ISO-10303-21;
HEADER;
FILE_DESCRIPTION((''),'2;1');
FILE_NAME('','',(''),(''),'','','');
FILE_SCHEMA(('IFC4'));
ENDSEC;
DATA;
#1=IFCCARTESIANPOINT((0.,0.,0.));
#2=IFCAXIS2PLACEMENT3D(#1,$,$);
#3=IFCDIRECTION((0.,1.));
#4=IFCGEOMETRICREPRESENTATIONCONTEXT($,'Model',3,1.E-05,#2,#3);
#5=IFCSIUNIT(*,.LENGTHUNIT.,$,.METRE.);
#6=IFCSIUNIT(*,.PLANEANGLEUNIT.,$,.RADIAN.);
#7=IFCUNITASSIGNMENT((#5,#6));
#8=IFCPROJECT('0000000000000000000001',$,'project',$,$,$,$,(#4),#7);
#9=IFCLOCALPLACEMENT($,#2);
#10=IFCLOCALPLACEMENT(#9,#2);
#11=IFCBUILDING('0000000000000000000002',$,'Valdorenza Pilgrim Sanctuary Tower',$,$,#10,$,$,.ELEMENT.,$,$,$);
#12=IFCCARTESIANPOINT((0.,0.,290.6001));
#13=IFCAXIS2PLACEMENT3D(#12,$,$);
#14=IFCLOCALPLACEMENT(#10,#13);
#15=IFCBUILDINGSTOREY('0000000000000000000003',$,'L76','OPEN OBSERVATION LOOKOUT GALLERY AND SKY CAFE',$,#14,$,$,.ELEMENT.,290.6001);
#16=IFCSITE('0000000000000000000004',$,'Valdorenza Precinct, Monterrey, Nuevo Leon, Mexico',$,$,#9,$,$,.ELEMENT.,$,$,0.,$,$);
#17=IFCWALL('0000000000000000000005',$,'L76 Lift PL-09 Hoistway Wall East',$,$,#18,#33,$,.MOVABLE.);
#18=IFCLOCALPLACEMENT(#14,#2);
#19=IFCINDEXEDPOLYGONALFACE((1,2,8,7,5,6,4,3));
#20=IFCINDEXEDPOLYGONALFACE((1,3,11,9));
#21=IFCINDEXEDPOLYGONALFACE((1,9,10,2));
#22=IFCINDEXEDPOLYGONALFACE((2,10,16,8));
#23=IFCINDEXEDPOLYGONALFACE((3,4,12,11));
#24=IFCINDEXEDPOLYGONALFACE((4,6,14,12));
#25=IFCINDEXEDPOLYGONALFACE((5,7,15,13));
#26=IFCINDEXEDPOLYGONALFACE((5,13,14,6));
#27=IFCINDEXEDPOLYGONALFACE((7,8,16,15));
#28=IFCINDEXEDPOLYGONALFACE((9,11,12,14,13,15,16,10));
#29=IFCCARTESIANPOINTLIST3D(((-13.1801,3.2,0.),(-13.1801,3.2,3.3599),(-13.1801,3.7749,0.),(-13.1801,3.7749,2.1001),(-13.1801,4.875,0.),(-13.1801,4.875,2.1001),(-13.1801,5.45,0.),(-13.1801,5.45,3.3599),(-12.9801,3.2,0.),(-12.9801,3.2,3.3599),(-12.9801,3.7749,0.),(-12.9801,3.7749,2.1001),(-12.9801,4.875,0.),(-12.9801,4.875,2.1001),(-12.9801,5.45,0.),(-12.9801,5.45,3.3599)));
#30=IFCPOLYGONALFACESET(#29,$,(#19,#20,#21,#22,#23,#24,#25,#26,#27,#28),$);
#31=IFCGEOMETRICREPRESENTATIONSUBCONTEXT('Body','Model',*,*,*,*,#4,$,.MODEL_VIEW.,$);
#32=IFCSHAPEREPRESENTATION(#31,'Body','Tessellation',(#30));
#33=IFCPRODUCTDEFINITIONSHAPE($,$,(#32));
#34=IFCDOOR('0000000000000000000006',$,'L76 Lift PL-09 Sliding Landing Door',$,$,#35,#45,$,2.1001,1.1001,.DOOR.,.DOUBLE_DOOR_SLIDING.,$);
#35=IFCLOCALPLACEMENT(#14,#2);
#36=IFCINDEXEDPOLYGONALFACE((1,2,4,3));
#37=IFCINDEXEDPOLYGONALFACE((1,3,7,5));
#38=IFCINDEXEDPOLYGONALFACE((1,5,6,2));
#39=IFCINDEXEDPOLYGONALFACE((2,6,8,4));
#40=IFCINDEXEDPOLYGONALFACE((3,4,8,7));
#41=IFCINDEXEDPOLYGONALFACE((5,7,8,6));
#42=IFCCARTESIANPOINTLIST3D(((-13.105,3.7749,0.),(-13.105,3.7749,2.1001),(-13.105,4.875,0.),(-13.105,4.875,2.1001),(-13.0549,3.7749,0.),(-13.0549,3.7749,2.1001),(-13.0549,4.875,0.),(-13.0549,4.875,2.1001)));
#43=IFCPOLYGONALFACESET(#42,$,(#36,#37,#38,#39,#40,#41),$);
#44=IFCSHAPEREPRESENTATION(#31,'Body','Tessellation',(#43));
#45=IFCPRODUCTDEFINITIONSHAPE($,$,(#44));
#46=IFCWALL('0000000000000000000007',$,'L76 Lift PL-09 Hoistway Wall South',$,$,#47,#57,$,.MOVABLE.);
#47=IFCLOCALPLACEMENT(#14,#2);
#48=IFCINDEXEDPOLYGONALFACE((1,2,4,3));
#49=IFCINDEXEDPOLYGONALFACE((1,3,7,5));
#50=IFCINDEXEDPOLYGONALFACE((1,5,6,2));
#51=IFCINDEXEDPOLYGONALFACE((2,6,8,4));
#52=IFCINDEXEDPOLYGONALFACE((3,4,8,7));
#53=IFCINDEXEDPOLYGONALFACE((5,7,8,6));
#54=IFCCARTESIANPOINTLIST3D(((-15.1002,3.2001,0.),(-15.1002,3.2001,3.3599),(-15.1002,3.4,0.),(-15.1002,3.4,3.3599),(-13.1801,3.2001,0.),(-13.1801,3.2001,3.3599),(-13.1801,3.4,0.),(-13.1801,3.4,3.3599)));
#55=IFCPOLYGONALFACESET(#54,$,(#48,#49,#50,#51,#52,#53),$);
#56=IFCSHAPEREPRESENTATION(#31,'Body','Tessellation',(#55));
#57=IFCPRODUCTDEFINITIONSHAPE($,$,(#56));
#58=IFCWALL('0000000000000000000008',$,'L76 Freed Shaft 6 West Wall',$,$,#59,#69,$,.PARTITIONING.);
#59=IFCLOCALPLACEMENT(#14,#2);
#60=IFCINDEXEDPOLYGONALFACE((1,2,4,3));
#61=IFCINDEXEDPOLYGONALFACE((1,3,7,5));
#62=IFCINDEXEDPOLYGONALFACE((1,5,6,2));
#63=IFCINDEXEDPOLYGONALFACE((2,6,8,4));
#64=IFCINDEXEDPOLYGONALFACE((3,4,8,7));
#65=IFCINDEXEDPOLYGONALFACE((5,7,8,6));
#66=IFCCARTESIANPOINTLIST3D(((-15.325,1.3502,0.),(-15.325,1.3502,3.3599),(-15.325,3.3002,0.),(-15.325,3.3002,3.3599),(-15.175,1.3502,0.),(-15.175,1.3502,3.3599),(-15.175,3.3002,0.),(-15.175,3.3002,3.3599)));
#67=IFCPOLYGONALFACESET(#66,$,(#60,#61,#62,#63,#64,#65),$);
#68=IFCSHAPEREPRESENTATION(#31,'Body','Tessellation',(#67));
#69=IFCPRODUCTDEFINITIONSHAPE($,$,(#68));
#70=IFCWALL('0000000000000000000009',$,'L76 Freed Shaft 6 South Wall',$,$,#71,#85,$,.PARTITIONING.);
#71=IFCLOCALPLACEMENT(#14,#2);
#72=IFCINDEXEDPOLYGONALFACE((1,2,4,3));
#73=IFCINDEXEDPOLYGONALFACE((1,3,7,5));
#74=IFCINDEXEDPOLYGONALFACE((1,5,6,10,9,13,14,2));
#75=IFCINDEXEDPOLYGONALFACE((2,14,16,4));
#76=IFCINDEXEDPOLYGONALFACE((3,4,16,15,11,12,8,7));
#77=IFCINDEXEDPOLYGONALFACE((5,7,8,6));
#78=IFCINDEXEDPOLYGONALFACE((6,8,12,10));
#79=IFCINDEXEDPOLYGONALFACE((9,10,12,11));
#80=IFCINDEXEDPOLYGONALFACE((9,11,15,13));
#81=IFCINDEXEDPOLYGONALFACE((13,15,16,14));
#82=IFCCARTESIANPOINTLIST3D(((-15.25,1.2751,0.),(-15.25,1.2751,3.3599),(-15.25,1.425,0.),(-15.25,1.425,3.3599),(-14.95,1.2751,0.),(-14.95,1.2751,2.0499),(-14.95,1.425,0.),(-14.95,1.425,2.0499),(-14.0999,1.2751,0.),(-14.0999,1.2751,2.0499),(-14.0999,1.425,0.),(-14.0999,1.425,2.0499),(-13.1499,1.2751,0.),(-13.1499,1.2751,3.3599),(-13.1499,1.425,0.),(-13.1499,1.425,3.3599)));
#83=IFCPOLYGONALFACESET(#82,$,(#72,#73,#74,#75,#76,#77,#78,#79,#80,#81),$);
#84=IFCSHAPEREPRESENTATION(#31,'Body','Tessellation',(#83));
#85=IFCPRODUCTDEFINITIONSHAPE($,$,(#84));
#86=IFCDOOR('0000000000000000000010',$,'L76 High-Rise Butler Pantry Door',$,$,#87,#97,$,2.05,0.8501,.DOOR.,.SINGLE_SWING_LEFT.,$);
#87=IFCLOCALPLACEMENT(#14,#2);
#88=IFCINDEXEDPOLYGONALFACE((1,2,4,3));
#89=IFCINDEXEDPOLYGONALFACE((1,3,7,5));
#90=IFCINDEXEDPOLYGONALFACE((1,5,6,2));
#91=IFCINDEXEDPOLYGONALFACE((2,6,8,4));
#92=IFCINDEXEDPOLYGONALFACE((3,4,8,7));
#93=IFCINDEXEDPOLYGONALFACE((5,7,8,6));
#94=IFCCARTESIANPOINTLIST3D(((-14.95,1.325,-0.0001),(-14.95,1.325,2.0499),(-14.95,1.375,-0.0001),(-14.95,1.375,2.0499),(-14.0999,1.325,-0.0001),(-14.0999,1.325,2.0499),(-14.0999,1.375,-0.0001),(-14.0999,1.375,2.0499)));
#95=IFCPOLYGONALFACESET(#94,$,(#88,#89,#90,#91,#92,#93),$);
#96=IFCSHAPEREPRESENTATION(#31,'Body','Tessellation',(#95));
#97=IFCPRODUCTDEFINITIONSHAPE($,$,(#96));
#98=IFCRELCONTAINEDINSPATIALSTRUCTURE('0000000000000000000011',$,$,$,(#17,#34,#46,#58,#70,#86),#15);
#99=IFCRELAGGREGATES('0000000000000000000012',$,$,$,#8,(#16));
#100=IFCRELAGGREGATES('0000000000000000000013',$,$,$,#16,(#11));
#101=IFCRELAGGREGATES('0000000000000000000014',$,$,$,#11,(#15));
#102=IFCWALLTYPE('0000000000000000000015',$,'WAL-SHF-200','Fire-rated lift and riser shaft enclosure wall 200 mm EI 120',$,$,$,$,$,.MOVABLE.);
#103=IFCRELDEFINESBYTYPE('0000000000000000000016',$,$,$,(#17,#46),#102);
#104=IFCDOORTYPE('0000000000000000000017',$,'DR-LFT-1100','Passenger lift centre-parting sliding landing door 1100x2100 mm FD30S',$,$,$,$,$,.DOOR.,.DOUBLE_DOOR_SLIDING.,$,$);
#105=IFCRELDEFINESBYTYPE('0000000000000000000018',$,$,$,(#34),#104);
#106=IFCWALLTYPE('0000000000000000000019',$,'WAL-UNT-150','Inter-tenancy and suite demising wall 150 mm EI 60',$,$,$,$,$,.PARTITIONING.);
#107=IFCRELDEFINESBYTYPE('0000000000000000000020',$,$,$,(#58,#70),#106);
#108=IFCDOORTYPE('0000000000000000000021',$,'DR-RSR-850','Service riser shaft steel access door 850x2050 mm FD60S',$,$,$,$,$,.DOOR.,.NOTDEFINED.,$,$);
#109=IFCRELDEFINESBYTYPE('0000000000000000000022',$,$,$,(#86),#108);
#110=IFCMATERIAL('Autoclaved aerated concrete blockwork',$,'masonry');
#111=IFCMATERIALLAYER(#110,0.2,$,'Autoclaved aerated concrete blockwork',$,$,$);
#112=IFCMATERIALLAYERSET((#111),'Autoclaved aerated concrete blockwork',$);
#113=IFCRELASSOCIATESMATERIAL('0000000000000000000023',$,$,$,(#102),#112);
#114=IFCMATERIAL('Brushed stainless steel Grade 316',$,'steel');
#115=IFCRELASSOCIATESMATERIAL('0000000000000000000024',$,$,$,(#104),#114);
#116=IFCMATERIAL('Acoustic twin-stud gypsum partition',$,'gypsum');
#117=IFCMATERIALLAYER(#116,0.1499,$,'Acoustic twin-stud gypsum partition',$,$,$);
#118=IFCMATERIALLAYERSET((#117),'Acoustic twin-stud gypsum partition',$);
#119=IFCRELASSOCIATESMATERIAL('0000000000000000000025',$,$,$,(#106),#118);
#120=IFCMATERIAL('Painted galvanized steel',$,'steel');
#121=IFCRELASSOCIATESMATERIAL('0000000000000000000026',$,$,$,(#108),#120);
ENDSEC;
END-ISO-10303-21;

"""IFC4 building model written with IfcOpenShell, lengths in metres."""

from ifc_helpers import new_model, si_unit, direction, frame, frame_2d, origin, place, context, subcontext, project, spatial, rectangle, extrude, material, layer, layer_set, type_object, element, fill, save


model = new_model("IFC4")

# Units and contexts
model_context = context("Model", 3, precision=1e-05, world=origin(), true_north=direction((0.0, 1.0)))
body_context = subcontext(model_context, "Body", "Model", "MODEL_VIEW")
ifc_project = project(units=[si_unit("LENGTHUNIT", "METRE"), si_unit("PLANEANGLEUNIT", "RADIAN")], contexts=[model_context])

# Site, building, storey
site_placement = place(None, origin())
site = spatial("IfcSite", under=ifc_project, at=site_placement, Name="Valdorenza Precinct, Monterrey, Nuevo Leon, Mexico", CompositionType="ELEMENT", RefElevation=0.0)
building_placement = place(site_placement, origin())
building = spatial("IfcBuilding", under=site, at=building_placement, Name="Valdorenza Pilgrim Sanctuary Tower", CompositionType="ELEMENT")
storey_placement = place(building_placement, frame((0.0, 0.0, 290.6001)))
storey = spatial("IfcBuildingStorey", under=building, at=storey_placement, Name="L76", Description="OPEN OBSERVATION LOOKOUT GALLERY AND SKY CAFE", CompositionType="ELEMENT", Elevation=290.6001)

# Shared definitions
ifc_material_1 = material(Name="Acoustic twin-stud gypsum partition", Category="gypsum")

# Shared definitions
ifc_material_2 = material(Name="Autoclaved aerated concrete blockwork", Category="masonry")
ifc_layer_1 = layer(ifc_material_2, 0.2, Name="Autoclaved aerated concrete blockwork")
ifc_layer_set_1 = layer_set([ifc_layer_1], Name="Autoclaved aerated concrete blockwork")
wall_type_1 = type_object("IfcWallType", Name="WAL-SHF-200", Description="Fire-rated lift and riser shaft enclosure wall 200 mm EI 120", PredefinedType="MOVABLE", material=ifc_layer_set_1)

# Shared definitions
ifc_material_3 = material(Name="Brushed stainless steel Grade 316", Category="steel")

# Wall, opening, door
wall_1_placement = place(storey_placement, frame((-13.0801, 3.2, 0.0), z_axis=(0.0, 0.0, 1.0), x_axis=(0.0, 1.0, 0.0)))
wall_1 = element("IfcWall", 1, at=wall_1_placement, inside=storey, type_object=wall_type_1, Name="L76 Lift PL-09 Hoistway Wall East", PredefinedType="MOVABLE", context=body_context, shape_type="SweptSolid", body=[
    extrude(rectangle(XDim=2.25, YDim=0.2, at=frame_2d((1.125, 0.0))), origin(), (0.0, 0.0, 1.0), 3.3599),
])
opening_1_placement = place(wall_1_placement, frame((0.575, 0.0, 0.0)))
opening_1 = element("IfcOpeningElement", 2, at=opening_1_placement, cuts=wall_1, PredefinedType="OPENING", context=body_context, shape_type="SweptSolid", body=[
    extrude(rectangle(XDim=1.1001, YDim=2.1001, at=frame_2d((0.55, 1.05))), frame((0.0, 0.1147, 0.0), z_axis=(0.0, -1.0, 0.0), x_axis=(1.0, 0.0, 0.0)), (0.0, 0.0, 1.0), 0.2297),
])
door_type_1 = type_object("IfcDoorType", Name="DR-LFT-1100", Description="Passenger lift centre-parting sliding landing door 1100x2100 mm FD30S", OperationType="DOUBLE_DOOR_SLIDING", PredefinedType="DOOR", material=ifc_material_3)
door_1_placement = place(opening_1_placement, origin())
door_1 = element("IfcDoor", 3, at=door_1_placement, inside=storey, type_object=door_type_1, Name="L76 Lift PL-09 Sliding Landing Door", OperationType="DOUBLE_DOOR_SLIDING", OverallHeight=2.1001, OverallWidth=1.1001, PredefinedType="DOOR", context=body_context, shape_type="SweptSolid", body=[
    extrude(rectangle(XDim=1.1001, YDim=2.1001, at=frame_2d((0.55, 1.05))), frame((0.0, 0.0249, 0.0), z_axis=(0.0, -1.0, 0.0), x_axis=(1.0, 0.0, 0.0)), (0.0, 0.0, 1.0), 0.05),
])
fill(opening_1, door_1)

# Walls
wall_2_placement = place(storey_placement, frame((-15.1001, 3.3, 0.0), z_axis=(0.0, 0.0, 1.0), x_axis=(1.0, 0.0, 0.0)))
element("IfcWall", 4, at=wall_2_placement, inside=storey, type_object=wall_type_1, Name="L76 Lift PL-09 Hoistway Wall South", PredefinedType="MOVABLE", context=body_context, shape_type="SweptSolid", body=[
    extrude(rectangle(XDim=1.9202, YDim=0.2, at=frame_2d((0.96, 0.0))), origin(), (0.0, 0.0, 1.0), 3.3599),
])
ifc_layer_2 = layer(ifc_material_1, 0.1499, Name="Acoustic twin-stud gypsum partition")
ifc_layer_set_2 = layer_set([ifc_layer_2], Name="Acoustic twin-stud gypsum partition")
wall_type_2 = type_object("IfcWallType", Name="WAL-UNT-150", Description="Inter-tenancy and suite demising wall 150 mm EI 60", PredefinedType="PARTITIONING", material=ifc_layer_set_2)
wall_3_placement = place(storey_placement, frame((-15.25, 1.3501, 0.0), z_axis=(0.0, 0.0, 1.0), x_axis=(0.0, 1.0, 0.0)))
element("IfcWall", 5, at=wall_3_placement, inside=storey, type_object=wall_type_2, Name="L76 Freed Shaft 6 West Wall", PredefinedType="PARTITIONING", context=body_context, shape_type="SweptSolid", body=[
    extrude(rectangle(XDim=1.95, YDim=0.1499, at=frame_2d((0.9751, 0.0))), origin(), (0.0, 0.0, 1.0), 3.3599),
])

# Wall, opening, door
wall_4_placement = place(storey_placement, frame((-15.25, 1.3501, 0.0), z_axis=(0.0, 0.0, 1.0), x_axis=(1.0, 0.0, 0.0)))
wall_4 = element("IfcWall", 6, at=wall_4_placement, inside=storey, type_object=wall_type_2, Name="L76 Freed Shaft 6 South Wall", PredefinedType="PARTITIONING", context=body_context, shape_type="SweptSolid", body=[
    extrude(rectangle(XDim=2.1001, YDim=0.1499, at=frame_2d((1.05, 0.0))), origin(), (0.0, 0.0, 1.0), 3.3599),
])
opening_2_placement = place(wall_4_placement, frame((0.3, 0.0, 0.0)))
opening_2 = element("IfcOpeningElement", 7, at=opening_2_placement, cuts=wall_4, PredefinedType="OPENING", context=body_context, shape_type="SweptSolid", body=[
    extrude(rectangle(XDim=0.8501, YDim=2.05, at=frame_2d((0.425, 1.0249))), frame((0.0, 0.0898, 0.0), z_axis=(0.0, -1.0, 0.0), x_axis=(1.0, 0.0, 0.0)), (0.0, 0.0, 1.0), 0.1797),
])
ifc_material_4 = material(Name="Painted galvanized steel", Category="steel")
door_type_2 = type_object("IfcDoorType", Name="DR-RSR-850", Description="Service riser shaft steel access door 850x2050 mm FD60S", OperationType="NOTDEFINED", PredefinedType="DOOR", material=ifc_material_4)
door_2_placement = place(opening_2_placement, origin())
door_2 = element("IfcDoor", 8, at=door_2_placement, inside=storey, type_object=door_type_2, Name="L76 High-Rise Butler Pantry Door", OperationType="SINGLE_SWING_LEFT", OverallHeight=2.05, OverallWidth=0.8501, PredefinedType="DOOR", context=body_context, shape_type="SweptSolid", body=[
    extrude(rectangle(XDim=0.8501, YDim=2.05, at=frame_2d((0.425, 1.0249))), frame((0.0, 0.0249, 0.0), z_axis=(0.0, -1.0, 0.0), x_axis=(1.0, 0.0, 0.0)), (0.0, 0.0, 1.0), 0.05),
])
fill(opening_2, door_2)

save(model, "model.ifc")
